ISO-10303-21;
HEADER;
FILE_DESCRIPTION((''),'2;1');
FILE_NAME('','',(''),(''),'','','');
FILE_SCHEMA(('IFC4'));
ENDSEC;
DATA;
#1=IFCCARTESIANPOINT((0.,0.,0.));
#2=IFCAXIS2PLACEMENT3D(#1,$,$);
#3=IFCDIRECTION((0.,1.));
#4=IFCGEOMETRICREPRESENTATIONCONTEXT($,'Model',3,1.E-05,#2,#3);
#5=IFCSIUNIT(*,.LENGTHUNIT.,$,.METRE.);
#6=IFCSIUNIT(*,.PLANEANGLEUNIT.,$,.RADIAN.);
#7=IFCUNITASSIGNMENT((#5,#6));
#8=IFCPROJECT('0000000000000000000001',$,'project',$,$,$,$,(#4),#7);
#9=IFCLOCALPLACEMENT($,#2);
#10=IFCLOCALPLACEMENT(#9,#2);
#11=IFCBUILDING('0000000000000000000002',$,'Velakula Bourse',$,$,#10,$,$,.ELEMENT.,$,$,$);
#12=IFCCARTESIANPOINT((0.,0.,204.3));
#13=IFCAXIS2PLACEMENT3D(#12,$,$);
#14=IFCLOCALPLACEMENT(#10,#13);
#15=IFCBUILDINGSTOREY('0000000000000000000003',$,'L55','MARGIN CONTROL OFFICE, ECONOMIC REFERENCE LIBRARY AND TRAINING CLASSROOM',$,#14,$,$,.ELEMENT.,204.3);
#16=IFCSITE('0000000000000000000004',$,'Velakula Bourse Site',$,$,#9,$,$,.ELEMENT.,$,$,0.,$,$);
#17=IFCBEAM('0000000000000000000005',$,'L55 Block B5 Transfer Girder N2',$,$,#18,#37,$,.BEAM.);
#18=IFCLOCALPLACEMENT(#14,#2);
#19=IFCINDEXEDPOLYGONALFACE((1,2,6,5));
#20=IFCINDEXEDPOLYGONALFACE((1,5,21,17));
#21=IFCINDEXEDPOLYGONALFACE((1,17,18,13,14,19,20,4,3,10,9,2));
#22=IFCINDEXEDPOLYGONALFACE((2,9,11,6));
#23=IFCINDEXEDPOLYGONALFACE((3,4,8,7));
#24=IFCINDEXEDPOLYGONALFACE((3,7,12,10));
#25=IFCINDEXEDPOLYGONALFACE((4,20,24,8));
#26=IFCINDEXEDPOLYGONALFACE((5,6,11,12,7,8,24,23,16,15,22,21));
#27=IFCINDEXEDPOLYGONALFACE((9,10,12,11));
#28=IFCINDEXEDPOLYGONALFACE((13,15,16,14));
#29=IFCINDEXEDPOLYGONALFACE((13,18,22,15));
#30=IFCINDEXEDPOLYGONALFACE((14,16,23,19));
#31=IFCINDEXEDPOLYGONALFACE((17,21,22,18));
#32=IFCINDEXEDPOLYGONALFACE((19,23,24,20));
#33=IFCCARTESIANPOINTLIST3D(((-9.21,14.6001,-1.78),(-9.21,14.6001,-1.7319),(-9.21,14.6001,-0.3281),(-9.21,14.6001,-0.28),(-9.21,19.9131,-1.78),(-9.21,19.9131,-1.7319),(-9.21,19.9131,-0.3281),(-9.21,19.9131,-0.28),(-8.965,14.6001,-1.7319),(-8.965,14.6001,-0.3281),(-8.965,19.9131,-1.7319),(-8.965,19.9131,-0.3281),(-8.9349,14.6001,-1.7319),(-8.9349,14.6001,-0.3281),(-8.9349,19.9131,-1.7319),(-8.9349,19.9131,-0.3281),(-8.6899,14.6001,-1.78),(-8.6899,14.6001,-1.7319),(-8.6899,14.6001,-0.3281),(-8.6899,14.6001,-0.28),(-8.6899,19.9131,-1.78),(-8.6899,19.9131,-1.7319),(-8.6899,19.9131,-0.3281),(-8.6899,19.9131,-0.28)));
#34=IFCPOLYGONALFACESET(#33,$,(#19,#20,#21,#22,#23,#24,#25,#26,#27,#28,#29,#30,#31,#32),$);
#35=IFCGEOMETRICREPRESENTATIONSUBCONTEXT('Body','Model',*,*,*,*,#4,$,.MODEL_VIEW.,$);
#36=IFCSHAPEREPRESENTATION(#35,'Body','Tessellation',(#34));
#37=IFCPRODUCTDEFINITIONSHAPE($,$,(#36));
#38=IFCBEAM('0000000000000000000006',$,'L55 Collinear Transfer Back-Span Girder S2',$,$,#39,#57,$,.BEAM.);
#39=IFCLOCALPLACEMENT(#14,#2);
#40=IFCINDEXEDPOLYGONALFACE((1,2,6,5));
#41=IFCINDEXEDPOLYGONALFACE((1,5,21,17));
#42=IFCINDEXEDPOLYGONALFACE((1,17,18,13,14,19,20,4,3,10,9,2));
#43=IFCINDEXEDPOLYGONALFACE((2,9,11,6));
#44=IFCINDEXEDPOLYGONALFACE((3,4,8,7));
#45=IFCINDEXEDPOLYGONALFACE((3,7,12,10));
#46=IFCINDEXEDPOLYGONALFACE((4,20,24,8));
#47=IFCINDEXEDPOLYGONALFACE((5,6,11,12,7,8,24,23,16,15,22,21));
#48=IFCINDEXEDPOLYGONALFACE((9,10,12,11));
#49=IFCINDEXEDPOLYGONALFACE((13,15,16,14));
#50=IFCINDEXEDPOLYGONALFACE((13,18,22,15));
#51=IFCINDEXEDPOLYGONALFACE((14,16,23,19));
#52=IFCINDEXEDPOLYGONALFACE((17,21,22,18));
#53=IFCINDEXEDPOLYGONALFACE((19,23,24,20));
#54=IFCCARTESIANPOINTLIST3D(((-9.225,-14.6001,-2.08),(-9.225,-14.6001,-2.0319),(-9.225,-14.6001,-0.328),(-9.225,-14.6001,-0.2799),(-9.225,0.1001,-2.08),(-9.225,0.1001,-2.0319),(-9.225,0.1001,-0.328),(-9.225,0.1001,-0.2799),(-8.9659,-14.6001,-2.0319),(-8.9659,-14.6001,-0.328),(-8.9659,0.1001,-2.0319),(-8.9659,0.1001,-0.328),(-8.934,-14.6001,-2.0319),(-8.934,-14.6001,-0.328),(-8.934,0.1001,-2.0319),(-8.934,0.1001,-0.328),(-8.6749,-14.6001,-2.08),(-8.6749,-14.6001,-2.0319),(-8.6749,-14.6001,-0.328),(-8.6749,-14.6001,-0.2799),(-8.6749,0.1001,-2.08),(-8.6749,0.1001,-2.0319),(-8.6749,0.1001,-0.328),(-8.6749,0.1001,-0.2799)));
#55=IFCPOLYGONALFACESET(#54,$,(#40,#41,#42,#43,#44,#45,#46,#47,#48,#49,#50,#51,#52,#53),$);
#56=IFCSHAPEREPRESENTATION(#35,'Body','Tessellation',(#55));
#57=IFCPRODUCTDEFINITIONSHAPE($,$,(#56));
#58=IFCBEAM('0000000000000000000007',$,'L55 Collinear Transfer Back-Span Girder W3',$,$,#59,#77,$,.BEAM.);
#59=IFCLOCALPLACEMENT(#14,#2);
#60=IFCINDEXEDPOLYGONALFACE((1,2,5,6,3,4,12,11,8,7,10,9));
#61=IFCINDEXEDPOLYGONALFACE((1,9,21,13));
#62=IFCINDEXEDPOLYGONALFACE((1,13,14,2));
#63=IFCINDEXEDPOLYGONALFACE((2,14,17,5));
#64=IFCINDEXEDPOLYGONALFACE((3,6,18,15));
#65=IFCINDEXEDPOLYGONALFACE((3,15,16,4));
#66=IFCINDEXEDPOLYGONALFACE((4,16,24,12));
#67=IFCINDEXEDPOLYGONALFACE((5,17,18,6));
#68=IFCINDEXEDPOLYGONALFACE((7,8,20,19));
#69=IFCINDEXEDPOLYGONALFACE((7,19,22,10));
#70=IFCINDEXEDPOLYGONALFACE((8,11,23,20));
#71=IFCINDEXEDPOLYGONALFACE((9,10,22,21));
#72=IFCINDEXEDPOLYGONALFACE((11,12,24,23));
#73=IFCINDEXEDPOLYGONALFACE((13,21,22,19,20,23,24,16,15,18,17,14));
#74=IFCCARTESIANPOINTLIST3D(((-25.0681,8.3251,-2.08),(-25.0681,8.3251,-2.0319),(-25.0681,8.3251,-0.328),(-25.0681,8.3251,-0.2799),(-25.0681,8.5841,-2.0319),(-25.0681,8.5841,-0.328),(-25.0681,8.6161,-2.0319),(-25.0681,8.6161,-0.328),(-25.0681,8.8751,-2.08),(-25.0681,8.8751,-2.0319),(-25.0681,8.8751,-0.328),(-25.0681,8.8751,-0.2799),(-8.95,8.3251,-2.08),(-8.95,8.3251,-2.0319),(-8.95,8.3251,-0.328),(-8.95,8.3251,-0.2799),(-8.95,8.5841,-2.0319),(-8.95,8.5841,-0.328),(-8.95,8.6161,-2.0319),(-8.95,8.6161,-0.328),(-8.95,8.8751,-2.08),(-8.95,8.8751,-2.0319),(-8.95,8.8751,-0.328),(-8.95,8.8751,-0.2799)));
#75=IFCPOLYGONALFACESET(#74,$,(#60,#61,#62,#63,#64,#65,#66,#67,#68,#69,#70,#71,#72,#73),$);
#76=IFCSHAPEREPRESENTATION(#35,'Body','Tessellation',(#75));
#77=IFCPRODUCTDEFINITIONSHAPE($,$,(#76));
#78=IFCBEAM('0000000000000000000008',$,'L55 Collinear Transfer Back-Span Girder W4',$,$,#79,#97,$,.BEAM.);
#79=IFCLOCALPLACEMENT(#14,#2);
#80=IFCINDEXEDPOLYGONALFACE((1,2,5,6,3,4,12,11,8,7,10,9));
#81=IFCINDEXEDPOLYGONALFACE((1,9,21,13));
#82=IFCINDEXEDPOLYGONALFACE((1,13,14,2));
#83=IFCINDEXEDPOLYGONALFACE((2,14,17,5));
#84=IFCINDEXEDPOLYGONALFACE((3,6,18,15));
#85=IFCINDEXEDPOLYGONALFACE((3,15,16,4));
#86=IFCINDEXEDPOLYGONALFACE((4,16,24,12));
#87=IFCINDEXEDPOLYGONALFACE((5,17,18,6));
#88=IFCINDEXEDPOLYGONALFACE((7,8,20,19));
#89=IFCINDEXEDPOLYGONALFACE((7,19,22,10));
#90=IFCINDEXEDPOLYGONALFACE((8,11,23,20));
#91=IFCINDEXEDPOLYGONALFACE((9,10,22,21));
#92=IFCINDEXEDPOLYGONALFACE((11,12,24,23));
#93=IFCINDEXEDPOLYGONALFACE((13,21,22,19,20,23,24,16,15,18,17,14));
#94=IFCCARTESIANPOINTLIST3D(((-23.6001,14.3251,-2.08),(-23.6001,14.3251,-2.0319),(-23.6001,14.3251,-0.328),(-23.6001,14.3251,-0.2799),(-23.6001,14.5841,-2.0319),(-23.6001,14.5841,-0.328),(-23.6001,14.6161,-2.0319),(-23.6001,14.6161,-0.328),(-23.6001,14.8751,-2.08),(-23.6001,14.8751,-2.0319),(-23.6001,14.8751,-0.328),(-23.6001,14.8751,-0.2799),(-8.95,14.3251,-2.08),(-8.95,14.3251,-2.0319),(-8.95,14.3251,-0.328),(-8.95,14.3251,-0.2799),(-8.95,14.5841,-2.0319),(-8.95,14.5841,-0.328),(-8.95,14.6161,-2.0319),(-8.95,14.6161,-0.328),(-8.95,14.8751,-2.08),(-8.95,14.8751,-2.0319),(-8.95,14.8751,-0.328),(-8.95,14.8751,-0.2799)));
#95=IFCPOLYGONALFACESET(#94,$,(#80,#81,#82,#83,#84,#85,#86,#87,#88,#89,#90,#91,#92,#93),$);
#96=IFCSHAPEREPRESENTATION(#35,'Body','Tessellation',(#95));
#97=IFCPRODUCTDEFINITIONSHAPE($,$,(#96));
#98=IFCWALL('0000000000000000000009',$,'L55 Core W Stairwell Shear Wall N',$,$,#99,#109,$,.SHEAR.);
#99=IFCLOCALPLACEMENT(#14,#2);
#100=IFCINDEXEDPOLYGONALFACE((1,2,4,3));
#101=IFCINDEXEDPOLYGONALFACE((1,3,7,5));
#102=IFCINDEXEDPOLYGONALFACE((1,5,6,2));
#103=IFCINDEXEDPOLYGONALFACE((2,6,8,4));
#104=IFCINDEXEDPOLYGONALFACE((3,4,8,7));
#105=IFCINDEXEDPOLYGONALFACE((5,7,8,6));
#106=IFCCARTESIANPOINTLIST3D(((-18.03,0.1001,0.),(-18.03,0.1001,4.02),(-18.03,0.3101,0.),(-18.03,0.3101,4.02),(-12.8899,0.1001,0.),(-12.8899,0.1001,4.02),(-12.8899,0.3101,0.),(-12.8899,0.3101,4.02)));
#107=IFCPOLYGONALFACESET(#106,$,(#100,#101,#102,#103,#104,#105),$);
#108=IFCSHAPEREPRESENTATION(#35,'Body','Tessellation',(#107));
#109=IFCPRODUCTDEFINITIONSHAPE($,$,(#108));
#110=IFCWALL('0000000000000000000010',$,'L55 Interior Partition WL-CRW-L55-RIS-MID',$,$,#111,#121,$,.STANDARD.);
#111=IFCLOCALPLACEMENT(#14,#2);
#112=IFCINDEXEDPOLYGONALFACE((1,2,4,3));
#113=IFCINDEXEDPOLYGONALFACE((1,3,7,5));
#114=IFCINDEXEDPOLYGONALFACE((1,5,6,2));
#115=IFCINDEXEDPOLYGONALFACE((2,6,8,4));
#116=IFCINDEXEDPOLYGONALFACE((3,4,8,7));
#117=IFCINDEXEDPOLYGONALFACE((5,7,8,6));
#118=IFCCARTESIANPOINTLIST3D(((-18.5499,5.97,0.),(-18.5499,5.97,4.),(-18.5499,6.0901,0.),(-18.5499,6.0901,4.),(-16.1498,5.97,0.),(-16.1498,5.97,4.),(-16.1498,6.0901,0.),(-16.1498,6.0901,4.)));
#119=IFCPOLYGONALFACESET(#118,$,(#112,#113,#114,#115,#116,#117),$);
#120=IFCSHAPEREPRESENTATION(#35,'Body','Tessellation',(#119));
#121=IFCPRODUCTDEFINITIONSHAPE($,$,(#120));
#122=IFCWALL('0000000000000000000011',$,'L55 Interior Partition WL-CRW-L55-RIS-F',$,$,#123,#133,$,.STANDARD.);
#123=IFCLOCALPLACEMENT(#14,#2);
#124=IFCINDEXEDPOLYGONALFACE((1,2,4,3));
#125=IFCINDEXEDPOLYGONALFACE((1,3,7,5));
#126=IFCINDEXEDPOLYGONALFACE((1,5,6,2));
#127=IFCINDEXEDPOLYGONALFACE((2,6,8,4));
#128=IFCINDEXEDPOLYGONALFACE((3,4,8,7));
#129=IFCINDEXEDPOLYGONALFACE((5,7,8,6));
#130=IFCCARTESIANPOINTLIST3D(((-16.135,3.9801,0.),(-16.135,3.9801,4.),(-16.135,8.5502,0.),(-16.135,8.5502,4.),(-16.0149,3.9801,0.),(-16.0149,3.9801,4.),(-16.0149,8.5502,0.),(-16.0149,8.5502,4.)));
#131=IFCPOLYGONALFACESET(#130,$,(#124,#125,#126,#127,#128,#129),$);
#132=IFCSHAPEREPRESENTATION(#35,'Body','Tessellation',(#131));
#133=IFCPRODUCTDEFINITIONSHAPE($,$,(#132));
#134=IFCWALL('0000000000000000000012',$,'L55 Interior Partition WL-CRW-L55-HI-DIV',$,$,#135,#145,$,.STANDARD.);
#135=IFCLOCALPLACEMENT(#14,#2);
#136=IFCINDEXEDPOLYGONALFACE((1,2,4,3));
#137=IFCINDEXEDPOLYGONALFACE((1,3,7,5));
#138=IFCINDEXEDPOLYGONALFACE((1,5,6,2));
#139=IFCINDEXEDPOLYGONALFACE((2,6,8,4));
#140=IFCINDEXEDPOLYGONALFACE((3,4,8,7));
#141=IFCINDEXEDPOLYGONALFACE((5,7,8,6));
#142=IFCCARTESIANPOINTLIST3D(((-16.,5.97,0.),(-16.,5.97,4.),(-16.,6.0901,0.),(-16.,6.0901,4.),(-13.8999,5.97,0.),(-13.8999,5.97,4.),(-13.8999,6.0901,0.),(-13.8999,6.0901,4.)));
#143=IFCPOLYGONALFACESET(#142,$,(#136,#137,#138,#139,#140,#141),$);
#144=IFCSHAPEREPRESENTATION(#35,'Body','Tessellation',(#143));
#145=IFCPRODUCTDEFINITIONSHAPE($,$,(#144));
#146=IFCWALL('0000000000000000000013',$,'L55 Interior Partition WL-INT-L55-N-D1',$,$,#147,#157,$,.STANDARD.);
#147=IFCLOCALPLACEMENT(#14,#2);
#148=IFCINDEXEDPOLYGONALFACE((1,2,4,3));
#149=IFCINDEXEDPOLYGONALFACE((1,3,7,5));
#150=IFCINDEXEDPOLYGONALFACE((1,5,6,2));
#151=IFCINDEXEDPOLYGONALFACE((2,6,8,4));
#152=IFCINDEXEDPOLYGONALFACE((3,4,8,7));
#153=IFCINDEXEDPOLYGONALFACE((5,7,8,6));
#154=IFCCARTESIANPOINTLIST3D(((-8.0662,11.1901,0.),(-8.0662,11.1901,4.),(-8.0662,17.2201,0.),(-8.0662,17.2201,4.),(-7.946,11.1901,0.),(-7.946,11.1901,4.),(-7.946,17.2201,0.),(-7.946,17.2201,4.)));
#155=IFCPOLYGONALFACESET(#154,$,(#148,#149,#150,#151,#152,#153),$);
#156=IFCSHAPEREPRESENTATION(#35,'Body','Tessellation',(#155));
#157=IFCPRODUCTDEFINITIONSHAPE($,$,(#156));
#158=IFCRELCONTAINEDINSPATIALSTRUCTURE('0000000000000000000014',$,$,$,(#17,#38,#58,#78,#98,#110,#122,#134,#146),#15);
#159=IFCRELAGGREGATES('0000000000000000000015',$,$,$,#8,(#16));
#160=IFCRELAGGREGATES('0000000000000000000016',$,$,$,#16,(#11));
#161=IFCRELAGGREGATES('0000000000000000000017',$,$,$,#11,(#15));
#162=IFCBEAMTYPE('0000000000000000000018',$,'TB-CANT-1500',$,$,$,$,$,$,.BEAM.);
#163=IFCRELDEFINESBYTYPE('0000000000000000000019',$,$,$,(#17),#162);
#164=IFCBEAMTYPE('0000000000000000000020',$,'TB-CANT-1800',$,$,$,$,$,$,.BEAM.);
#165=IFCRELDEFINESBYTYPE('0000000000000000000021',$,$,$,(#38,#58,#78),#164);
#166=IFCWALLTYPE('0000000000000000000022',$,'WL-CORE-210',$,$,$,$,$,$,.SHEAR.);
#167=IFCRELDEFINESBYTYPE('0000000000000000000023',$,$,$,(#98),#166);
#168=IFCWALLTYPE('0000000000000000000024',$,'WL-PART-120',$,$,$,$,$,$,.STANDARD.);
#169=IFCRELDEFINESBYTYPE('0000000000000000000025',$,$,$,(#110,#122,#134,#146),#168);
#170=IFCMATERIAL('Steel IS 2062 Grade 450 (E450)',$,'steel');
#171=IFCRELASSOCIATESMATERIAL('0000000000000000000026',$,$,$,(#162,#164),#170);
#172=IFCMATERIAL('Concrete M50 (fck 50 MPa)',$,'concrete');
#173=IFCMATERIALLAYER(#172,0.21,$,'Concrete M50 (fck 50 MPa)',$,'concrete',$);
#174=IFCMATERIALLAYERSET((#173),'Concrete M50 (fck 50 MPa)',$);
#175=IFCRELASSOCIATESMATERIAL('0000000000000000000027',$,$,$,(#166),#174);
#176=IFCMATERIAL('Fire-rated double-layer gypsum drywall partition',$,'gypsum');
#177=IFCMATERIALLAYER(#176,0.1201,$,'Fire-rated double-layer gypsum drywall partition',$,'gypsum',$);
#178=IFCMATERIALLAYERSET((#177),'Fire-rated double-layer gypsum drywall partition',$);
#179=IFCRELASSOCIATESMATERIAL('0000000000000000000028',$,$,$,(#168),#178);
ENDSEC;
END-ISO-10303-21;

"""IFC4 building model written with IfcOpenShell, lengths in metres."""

from ifc_helpers import new_model, si_unit, direction, frame, frame_2d, origin, origin_2d, place, context, subcontext, project, spatial, rectangle, i_section, extrude, material, layer, layer_set, material_profile, profile_set, type_object, element, save


model = new_model("IFC4")

# Units and contexts
model_context = context("Model", 3, precision=1e-05, world=origin(), true_north=direction((0.0, 1.0)))
body_context = subcontext(model_context, "Body", "Model", "MODEL_VIEW")
ifc_project = project(units=[si_unit("LENGTHUNIT", "METRE"), si_unit("PLANEANGLEUNIT", "RADIAN")], contexts=[model_context])

# Site, building, storey
site_placement = place(None, origin())
site = spatial("IfcSite", under=ifc_project, at=site_placement, Name="Velakula Bourse Site", CompositionType="ELEMENT", RefElevation=0.0)
building_placement = place(site_placement, origin())
building = spatial("IfcBuilding", under=site, at=building_placement, Name="Velakula Bourse", CompositionType="ELEMENT")
storey_placement = place(building_placement, frame((0.0, 0.0, 204.3)))
storey = spatial("IfcBuildingStorey", under=building, at=storey_placement, Name="L55", Description="MARGIN CONTROL OFFICE, ECONOMIC REFERENCE LIBRARY AND TRAINING CLASSROOM", CompositionType="ELEMENT", Elevation=204.3)

# Shared definitions
ifc_material_1 = material(Name="Concrete M50 (fck 50 MPa)", Category="concrete")

# Beams
ifc_material_2 = material(Name="Steel IS 2062 Grade 450 (E450)", Category="steel")
ifc_material_profile_1 = material_profile(ifc_material_2, i_section(OverallWidth=0.52, OverallDepth=1.5, WebThickness=0.03, FlangeThickness=0.0481, at=origin_2d()), Name="Steel IS 2062 Grade 450 (E450)")
ifc_profile_set_1 = profile_set([ifc_material_profile_1], Name="Steel IS 2062 Grade 450 (E450)")
beam_type_1 = type_object("IfcBeamType", Name="TB-CANT-1500", PredefinedType="BEAM", material=ifc_profile_set_1)
beam_1_placement = place(storey_placement, frame((-8.95, 14.6001, -1.03), z_axis=(0.0, 1.0, 0.0), x_axis=(-1.0, 0.0, 0.0)))
element("IfcBeam", 1, at=beam_1_placement, inside=storey, type_object=beam_type_1, Name="L55 Block B5 Transfer Girder N2", PredefinedType="BEAM", context=body_context, shape_type="SweptSolid", body=[
    extrude(i_section(OverallWidth=0.52, OverallDepth=1.5, WebThickness=0.03, FlangeThickness=0.0481, at=origin_2d()), origin(), (0.0, 0.0, 1.0), 5.313),
])
ifc_material_profile_2 = material_profile(ifc_material_2, i_section(OverallWidth=0.55, OverallDepth=1.8, WebThickness=0.032, FlangeThickness=0.0481, at=origin_2d()), Name="Steel IS 2062 Grade 450 (E450)")
ifc_profile_set_2 = profile_set([ifc_material_profile_2], Name="Steel IS 2062 Grade 450 (E450)")
beam_type_2 = type_object("IfcBeamType", Name="TB-CANT-1800", PredefinedType="BEAM", material=ifc_profile_set_2)
beam_2_placement = place(storey_placement, frame((-8.95, 0.1001, -1.1799), z_axis=(0.0, -1.0, 0.0), x_axis=(1.0, 0.0, 0.0)))
element("IfcBeam", 2, at=beam_2_placement, inside=storey, type_object=beam_type_2, Name="L55 Collinear Transfer Back-Span Girder S2", PredefinedType="BEAM", context=body_context, shape_type="SweptSolid", body=[
    extrude(i_section(OverallWidth=0.55, OverallDepth=1.8, WebThickness=0.032, FlangeThickness=0.0481, at=origin_2d()), origin(), (0.0, 0.0, 1.0), 14.7002),
])
beam_3_placement = place(storey_placement, frame((-8.95, 8.6001, -1.1799), z_axis=(-1.0, 0.0, 0.0), x_axis=(0.0, -1.0, 0.0)))
element("IfcBeam", 3, at=beam_3_placement, inside=storey, type_object=beam_type_2, Name="L55 Collinear Transfer Back-Span Girder W3", PredefinedType="BEAM", context=body_context, shape_type="SweptSolid", body=[
    extrude(i_section(OverallWidth=0.55, OverallDepth=1.8, WebThickness=0.032, FlangeThickness=0.0481, at=origin_2d()), origin(), (0.0, 0.0, 1.0), 16.1182),
])
beam_4_placement = place(storey_placement, frame((-8.95, 14.6001, -1.1799), z_axis=(-1.0, 0.0, 0.0), x_axis=(0.0, -1.0, 0.0)))
element("IfcBeam", 4, at=beam_4_placement, inside=storey, type_object=beam_type_2, Name="L55 Collinear Transfer Back-Span Girder W4", PredefinedType="BEAM", context=body_context, shape_type="SweptSolid", body=[
    extrude(i_section(OverallWidth=0.55, OverallDepth=1.8, WebThickness=0.032, FlangeThickness=0.0481, at=origin_2d()), origin(), (0.0, 0.0, 1.0), 14.6501),
])

# Walls
ifc_layer_1 = layer(ifc_material_1, 0.21, Name="Concrete M50 (fck 50 MPa)", Category="concrete")
ifc_layer_set_1 = layer_set([ifc_layer_1], Name="Concrete M50 (fck 50 MPa)")
wall_type_1 = type_object("IfcWallType", Name="WL-CORE-210", PredefinedType="SHEAR", material=ifc_layer_set_1)
wall_1_placement = place(storey_placement, frame((-12.8899, 0.2051, 0.0), z_axis=(0.0, 0.0, 1.0), x_axis=(-1.0, 0.0, 0.0)))
element("IfcWall", 5, at=wall_1_placement, inside=storey, type_object=wall_type_1, Name="L55 Core W Stairwell Shear Wall N", PredefinedType="SHEAR", context=body_context, shape_type="SweptSolid", body=[
    extrude(rectangle(XDim=5.1401, YDim=0.21, at=frame_2d((2.5701, 0.0))), origin(), (0.0, 0.0, 1.0), 4.02),
])
ifc_material_3 = material(Name="Fire-rated double-layer gypsum drywall partition", Category="gypsum")
ifc_layer_2 = layer(ifc_material_3, 0.1201, Name="Fire-rated double-layer gypsum drywall partition", Category="gypsum")
ifc_layer_set_2 = layer_set([ifc_layer_2], Name="Fire-rated double-layer gypsum drywall partition")
wall_type_2 = type_object("IfcWallType", Name="WL-PART-120", PredefinedType="STANDARD", material=ifc_layer_set_2)
wall_2_placement = place(storey_placement, frame((-18.55, 6.03, 0.0), z_axis=(0.0, 0.0, 1.0), x_axis=(1.0, 0.0, 0.0)))
element("IfcWall", 6, at=wall_2_placement, inside=storey, type_object=wall_type_2, Name="L55 Interior Partition WL-CRW-L55-RIS-MID", PredefinedType="STANDARD", context=body_context, shape_type="SweptSolid", body=[
    extrude(rectangle(XDim=2.4001, YDim=0.1201, at=frame_2d((1.2002, 0.0))), origin(), (0.0, 0.0, 1.0), 4.0),
])
wall_3_placement = place(storey_placement, frame((-16.075, 3.98, 0.0), z_axis=(0.0, 0.0, 1.0), x_axis=(0.0, 1.0, 0.0)))
element("IfcWall", 7, at=wall_3_placement, inside=storey, type_object=wall_type_2, Name="L55 Interior Partition WL-CRW-L55-RIS-F", PredefinedType="STANDARD", context=body_context, shape_type="SweptSolid", body=[
    extrude(rectangle(XDim=4.5701, YDim=0.1201, at=frame_2d((2.2852, 0.0))), origin(), (0.0, 0.0, 1.0), 4.0),
])
wall_4_placement = place(storey_placement, frame((-16.0, 6.03, 0.0), z_axis=(0.0, 0.0, 1.0), x_axis=(1.0, 0.0, 0.0)))
element("IfcWall", 8, at=wall_4_placement, inside=storey, type_object=wall_type_2, Name="L55 Interior Partition WL-CRW-L55-HI-DIV", PredefinedType="STANDARD", context=body_context, shape_type="SweptSolid", body=[
    extrude(rectangle(XDim=2.1001, YDim=0.1201, at=frame_2d((1.05, 0.0))), origin(), (0.0, 0.0, 1.0), 4.0),
])
wall_5_placement = place(storey_placement, frame((-8.0061, 11.1899, 0.0), z_axis=(0.0, 0.0, 1.0), x_axis=(0.0, 1.0, 0.0)))
element("IfcWall", 9, at=wall_5_placement, inside=storey, type_object=wall_type_2, Name="L55 Interior Partition WL-INT-L55-N-D1", PredefinedType="STANDARD", context=body_context, shape_type="SweptSolid", body=[
    extrude(rectangle(XDim=6.03, YDim=0.1201, at=frame_2d((3.0151, 0.0))), origin(), (0.0, 0.0, 1.0), 4.0),
])

save(model, "model.ifc")
